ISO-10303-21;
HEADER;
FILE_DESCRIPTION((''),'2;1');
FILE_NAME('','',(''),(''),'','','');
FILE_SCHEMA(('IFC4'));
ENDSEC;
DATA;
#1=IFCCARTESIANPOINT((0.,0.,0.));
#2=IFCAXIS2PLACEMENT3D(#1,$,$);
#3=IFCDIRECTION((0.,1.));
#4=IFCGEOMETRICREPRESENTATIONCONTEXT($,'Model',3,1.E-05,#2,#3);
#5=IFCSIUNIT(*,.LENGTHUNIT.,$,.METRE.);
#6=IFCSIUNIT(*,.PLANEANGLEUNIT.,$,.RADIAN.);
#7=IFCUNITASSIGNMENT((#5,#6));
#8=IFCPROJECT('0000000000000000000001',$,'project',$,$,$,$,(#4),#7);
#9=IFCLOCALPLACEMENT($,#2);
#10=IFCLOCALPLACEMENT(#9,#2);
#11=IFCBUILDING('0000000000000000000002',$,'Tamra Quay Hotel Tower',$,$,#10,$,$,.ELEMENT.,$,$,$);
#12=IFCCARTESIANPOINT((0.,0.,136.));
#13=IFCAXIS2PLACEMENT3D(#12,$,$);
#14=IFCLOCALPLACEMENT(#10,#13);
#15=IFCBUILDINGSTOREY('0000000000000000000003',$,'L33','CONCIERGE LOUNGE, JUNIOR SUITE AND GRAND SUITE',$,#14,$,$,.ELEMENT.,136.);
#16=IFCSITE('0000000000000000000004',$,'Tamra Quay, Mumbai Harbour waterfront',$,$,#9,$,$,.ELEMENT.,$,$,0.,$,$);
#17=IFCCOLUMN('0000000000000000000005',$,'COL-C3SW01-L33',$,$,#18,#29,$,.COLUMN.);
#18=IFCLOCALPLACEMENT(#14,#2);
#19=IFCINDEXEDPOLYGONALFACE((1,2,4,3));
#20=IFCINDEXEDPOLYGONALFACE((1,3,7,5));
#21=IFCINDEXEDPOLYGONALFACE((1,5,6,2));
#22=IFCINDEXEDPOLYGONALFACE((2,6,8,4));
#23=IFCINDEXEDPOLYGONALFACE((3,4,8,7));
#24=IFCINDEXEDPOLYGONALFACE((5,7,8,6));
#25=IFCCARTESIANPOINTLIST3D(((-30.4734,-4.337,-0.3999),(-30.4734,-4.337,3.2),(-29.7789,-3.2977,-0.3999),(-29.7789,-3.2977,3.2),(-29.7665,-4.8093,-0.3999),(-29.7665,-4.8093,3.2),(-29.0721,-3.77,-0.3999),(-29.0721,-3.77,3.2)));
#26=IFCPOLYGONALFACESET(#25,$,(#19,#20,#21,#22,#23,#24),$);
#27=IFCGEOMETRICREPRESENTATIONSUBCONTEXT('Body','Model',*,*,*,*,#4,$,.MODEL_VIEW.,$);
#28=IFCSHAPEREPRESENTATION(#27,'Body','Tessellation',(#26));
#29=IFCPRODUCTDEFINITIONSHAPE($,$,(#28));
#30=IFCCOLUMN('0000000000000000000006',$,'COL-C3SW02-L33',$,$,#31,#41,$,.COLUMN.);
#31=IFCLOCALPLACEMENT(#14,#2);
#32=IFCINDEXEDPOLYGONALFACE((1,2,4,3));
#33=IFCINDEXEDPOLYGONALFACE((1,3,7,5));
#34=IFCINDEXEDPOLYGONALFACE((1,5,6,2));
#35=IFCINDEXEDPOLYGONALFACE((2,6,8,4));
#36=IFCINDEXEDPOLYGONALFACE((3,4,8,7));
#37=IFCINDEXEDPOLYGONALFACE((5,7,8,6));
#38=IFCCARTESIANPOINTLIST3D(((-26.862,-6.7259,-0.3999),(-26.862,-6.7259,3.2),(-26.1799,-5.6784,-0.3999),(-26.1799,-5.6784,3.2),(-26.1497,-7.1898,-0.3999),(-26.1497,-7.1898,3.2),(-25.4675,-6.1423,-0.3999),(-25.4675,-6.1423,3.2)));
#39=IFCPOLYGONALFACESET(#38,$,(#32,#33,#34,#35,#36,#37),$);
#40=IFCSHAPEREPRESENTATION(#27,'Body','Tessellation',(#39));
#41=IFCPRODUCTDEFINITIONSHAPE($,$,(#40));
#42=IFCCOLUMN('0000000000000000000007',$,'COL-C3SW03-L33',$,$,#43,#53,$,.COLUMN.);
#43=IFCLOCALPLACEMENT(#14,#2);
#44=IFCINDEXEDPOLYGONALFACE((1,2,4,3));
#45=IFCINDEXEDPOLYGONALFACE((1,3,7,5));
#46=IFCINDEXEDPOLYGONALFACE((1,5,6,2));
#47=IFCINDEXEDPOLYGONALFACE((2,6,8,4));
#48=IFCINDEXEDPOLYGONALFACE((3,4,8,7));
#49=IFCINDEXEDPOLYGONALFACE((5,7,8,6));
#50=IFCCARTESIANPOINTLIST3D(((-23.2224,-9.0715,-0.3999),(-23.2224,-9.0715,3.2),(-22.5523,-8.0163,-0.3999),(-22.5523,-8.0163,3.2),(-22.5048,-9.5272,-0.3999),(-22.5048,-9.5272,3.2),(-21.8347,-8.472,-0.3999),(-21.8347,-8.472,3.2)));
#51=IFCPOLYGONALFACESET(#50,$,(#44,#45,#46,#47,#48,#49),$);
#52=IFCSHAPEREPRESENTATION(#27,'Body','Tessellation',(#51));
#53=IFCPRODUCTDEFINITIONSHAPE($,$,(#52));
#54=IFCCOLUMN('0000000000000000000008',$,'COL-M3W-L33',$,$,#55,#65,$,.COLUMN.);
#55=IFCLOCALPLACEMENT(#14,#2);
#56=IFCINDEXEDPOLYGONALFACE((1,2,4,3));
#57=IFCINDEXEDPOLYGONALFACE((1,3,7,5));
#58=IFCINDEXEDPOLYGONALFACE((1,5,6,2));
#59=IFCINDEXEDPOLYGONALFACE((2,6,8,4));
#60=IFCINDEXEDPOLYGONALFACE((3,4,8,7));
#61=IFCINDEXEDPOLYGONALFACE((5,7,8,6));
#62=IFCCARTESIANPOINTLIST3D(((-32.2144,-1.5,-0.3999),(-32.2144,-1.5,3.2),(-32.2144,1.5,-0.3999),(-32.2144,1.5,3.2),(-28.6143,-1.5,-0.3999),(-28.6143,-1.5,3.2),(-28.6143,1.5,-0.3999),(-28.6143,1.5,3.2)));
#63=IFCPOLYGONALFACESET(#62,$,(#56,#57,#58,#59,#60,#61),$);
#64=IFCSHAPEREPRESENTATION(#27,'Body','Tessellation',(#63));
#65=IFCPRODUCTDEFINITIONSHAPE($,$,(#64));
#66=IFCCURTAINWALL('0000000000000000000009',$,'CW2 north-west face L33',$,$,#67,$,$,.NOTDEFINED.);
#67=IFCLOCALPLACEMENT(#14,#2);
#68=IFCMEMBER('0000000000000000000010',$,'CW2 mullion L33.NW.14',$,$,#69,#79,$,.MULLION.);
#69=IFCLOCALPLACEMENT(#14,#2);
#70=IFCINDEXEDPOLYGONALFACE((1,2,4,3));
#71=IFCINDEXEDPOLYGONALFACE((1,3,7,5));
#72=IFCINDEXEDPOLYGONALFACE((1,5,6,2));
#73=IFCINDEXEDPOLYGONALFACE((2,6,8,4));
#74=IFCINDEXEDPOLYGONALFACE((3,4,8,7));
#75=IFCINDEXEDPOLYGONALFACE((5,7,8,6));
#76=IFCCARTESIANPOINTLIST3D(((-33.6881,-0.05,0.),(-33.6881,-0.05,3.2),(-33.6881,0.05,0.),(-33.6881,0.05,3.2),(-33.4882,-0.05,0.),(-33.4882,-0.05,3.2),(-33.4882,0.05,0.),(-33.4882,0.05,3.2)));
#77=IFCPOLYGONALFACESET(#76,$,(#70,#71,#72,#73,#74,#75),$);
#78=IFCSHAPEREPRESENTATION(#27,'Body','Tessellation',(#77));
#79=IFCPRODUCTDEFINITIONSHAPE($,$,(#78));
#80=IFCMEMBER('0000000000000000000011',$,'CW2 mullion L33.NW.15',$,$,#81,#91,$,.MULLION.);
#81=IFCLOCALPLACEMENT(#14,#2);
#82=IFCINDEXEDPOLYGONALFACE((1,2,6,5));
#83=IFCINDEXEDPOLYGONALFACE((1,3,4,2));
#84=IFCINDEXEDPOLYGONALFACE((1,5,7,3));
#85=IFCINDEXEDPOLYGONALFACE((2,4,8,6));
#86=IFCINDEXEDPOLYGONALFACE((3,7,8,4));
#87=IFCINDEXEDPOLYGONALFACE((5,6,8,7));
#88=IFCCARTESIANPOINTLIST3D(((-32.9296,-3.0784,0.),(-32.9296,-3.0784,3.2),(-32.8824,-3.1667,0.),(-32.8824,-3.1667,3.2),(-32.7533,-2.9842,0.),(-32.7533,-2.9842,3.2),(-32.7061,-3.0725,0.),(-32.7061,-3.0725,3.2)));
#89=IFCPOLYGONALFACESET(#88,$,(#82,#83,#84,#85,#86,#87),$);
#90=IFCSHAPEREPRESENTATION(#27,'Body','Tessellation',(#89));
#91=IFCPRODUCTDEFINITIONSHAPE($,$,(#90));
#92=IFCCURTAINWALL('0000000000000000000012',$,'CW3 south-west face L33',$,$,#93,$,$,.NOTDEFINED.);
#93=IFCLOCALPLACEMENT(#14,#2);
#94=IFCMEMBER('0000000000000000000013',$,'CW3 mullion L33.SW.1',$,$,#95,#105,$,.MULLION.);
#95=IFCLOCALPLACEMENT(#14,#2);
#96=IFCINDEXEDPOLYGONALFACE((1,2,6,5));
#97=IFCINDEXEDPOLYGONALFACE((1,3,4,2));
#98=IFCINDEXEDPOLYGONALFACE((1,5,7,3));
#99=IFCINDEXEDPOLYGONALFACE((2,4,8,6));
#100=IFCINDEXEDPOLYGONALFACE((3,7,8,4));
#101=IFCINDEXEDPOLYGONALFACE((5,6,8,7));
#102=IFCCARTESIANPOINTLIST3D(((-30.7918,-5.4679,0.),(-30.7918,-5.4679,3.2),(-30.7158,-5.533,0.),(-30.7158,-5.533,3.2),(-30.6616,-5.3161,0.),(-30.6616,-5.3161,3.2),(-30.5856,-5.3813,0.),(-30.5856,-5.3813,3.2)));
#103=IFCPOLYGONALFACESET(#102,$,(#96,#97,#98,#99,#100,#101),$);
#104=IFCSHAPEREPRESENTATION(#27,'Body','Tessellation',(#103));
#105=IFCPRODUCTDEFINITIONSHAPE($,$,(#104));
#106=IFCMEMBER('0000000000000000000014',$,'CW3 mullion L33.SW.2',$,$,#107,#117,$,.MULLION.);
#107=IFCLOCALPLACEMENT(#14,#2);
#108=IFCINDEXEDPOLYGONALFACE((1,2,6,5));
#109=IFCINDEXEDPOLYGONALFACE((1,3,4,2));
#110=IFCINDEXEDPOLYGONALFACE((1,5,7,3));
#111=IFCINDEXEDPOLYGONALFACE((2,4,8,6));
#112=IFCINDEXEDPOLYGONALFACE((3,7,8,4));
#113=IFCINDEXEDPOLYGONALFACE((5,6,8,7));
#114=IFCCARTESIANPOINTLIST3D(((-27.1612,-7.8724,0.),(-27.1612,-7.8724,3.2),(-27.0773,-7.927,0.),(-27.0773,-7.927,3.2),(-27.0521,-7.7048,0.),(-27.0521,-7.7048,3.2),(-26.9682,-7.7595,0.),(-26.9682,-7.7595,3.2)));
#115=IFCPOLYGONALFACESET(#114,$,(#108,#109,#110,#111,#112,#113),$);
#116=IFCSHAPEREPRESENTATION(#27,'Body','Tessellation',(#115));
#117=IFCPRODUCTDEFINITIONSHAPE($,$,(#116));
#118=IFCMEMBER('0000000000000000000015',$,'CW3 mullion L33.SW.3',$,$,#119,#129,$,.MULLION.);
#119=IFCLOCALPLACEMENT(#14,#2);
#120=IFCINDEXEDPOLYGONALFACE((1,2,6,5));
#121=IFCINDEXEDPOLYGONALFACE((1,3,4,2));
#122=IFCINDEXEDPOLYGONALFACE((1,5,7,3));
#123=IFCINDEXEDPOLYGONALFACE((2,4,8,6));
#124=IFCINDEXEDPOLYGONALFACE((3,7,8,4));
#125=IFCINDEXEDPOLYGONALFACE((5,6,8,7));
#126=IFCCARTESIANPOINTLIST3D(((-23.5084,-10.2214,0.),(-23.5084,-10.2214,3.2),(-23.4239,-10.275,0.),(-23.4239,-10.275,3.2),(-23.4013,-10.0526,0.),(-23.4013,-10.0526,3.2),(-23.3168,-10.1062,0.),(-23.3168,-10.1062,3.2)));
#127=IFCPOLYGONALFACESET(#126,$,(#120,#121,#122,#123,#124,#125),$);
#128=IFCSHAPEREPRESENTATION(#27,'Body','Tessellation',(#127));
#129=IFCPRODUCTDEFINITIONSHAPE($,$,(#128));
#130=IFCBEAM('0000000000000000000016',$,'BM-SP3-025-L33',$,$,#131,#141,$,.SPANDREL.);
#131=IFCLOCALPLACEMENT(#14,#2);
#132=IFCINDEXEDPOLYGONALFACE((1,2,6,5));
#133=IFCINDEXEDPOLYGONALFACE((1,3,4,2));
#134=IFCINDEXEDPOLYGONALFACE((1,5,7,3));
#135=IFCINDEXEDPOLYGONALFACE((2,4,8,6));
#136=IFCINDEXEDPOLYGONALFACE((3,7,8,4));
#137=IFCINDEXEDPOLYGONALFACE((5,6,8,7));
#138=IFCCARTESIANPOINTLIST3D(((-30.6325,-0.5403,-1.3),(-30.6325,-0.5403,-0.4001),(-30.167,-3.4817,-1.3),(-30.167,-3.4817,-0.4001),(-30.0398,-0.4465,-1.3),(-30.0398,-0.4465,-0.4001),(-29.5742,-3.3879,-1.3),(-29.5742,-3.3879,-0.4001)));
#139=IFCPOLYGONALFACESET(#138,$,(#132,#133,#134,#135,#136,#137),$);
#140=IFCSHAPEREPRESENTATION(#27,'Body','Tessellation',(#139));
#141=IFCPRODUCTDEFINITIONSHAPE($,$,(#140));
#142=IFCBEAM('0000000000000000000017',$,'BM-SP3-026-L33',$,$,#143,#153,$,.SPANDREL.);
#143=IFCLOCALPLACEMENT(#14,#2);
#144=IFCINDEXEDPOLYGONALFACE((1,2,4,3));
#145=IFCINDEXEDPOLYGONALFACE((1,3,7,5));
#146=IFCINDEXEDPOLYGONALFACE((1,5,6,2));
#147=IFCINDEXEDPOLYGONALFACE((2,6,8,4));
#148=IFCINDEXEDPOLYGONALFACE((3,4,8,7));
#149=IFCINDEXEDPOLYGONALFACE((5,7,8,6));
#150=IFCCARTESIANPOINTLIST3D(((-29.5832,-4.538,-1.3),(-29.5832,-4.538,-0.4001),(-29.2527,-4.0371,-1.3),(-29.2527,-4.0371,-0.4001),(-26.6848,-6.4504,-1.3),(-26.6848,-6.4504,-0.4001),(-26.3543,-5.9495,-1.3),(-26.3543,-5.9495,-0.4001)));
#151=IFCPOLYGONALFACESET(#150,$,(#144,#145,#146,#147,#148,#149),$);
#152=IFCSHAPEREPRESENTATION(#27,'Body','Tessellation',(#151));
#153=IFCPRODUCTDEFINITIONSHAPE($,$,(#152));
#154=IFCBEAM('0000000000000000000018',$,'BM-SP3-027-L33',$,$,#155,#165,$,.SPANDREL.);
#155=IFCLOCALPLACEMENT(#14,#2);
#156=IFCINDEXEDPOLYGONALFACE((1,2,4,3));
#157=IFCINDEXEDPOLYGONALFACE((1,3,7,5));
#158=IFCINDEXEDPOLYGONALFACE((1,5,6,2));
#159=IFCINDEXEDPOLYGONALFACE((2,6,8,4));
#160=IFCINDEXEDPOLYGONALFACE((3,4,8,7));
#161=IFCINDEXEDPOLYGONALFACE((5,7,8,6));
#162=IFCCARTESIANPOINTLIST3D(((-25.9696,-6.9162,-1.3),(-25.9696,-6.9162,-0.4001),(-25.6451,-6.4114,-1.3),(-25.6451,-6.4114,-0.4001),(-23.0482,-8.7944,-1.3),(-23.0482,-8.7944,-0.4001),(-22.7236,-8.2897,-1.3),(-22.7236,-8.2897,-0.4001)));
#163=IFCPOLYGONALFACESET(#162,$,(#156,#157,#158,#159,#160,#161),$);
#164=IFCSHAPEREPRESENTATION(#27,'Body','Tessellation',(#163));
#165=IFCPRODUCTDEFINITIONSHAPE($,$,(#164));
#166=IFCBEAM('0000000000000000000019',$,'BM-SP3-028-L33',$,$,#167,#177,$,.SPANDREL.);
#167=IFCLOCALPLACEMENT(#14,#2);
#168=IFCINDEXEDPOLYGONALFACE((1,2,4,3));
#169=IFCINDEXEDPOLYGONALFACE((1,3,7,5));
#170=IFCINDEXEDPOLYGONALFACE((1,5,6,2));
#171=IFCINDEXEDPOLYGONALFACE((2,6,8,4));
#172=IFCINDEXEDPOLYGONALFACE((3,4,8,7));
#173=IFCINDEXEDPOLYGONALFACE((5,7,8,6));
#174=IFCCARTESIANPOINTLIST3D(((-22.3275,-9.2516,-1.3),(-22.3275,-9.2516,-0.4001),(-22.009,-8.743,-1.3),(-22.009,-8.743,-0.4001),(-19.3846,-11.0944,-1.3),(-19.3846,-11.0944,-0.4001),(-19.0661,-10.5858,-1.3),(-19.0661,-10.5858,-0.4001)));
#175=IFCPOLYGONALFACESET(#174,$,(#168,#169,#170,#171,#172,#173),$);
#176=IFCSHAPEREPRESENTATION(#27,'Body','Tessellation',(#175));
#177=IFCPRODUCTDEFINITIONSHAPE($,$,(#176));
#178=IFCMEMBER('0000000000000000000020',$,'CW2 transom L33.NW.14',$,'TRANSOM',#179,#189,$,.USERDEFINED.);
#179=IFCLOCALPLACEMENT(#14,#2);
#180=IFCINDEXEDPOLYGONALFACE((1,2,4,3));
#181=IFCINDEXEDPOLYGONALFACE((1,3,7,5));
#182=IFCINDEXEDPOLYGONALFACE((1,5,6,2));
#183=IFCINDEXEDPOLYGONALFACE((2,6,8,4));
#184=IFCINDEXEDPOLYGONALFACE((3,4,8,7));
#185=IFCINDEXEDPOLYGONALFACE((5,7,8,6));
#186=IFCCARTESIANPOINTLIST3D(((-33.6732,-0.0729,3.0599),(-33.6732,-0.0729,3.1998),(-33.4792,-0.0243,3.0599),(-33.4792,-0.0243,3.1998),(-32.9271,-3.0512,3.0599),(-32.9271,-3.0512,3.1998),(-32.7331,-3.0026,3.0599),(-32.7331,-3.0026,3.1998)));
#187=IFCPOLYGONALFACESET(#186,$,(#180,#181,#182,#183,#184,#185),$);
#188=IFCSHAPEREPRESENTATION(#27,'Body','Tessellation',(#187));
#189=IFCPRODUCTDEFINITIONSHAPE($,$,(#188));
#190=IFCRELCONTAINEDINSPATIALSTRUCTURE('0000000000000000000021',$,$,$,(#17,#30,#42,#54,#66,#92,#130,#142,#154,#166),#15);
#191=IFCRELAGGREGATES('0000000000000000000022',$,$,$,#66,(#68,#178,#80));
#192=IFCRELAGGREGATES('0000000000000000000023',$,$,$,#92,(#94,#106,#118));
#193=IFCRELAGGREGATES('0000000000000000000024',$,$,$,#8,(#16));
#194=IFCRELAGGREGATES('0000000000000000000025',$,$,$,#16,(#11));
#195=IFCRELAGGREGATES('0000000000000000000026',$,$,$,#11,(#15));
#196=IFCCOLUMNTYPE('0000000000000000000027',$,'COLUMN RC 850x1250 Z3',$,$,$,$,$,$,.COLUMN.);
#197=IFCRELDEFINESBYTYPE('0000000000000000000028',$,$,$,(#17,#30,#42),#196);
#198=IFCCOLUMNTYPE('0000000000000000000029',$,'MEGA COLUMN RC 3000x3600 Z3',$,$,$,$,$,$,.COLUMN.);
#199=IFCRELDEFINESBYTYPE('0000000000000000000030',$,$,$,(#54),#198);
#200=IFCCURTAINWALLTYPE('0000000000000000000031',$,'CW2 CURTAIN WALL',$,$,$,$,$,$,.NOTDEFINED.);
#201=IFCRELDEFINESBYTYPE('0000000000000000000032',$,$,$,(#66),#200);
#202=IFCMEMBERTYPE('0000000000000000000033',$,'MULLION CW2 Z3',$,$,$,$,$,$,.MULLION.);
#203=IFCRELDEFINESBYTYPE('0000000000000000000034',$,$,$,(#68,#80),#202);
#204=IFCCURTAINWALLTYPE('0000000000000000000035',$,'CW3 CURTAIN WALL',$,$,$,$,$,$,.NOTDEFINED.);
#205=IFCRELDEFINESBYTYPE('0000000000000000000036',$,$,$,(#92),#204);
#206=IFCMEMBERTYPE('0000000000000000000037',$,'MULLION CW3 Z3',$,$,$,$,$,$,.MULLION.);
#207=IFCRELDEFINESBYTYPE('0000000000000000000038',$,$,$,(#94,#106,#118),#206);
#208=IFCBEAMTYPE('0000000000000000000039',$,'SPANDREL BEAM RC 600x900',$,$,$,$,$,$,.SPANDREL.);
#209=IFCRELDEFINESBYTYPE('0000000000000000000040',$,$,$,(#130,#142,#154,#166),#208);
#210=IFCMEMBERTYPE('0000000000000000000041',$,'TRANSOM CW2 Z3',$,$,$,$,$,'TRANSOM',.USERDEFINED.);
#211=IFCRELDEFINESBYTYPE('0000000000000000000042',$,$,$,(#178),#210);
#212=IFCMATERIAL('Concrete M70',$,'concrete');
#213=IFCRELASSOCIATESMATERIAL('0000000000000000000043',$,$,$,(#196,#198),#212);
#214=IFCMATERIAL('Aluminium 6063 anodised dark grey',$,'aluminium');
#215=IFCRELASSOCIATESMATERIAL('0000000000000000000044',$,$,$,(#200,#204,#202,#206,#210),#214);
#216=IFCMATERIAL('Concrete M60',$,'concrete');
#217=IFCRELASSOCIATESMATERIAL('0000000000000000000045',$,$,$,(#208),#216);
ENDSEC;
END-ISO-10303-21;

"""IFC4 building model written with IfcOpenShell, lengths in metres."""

from ifc_helpers import new_model, si_unit, direction, frame, origin, origin_2d, place, context, subcontext, project, spatial, rectangle, extrude, material, material_profile, profile_set, type_object, element, aggregate, save


model = new_model("IFC4")

# Units and contexts
model_context = context("Model", 3, precision=1e-05, world=origin(), true_north=direction((0.0, 1.0)))
body_context = subcontext(model_context, "Body", "Model", "MODEL_VIEW")
ifc_project = project(units=[si_unit("LENGTHUNIT", "METRE"), si_unit("PLANEANGLEUNIT", "RADIAN")], contexts=[model_context])

# Site, building, storey
site_placement = place(None, origin())
site = spatial("IfcSite", under=ifc_project, at=site_placement, Name="Tamra Quay, Mumbai Harbour waterfront", CompositionType="ELEMENT", RefElevation=0.0)
building_placement = place(site_placement, origin())
building = spatial("IfcBuilding", under=site, at=building_placement, Name="Tamra Quay Hotel Tower", CompositionType="ELEMENT")
storey_placement = place(building_placement, frame((0.0, 0.0, 136.0)))
storey = spatial("IfcBuildingStorey", under=building, at=storey_placement, Name="L33", Description="CONCIERGE LOUNGE, JUNIOR SUITE AND GRAND SUITE", CompositionType="ELEMENT", Elevation=136.0)

# Columns
ifc_material_1 = material(Name="Concrete M70", Category="concrete")
ifc_material_profile_1 = material_profile(ifc_material_1, rectangle(XDim=1.25, YDim=0.8501, at=origin_2d()), Name="COLUMN RC 850x1250 Z3")
ifc_profile_set_1 = profile_set([ifc_material_profile_1], Name="Concrete M70")
column_type_1 = type_object("IfcColumnType", Name="COLUMN RC 850x1250 Z3", PredefinedType="COLUMN", material=ifc_profile_set_1)
for number, where, z_axis, x_axis, name in (
    (1, (-29.7727, -4.0535, -0.3999), (0.0, 0.0, 1.0), (0.555583, 0.831461, 0.0), "COL-C3SW01-L33"),
    (2, (-26.1648, -6.4341, -0.3999), (0.0, 0.0, 1.0), (0.545703, 0.837979, 0.0), "COL-C3SW02-L33"),
    (3, (-22.5286, -8.7717, -0.3999), (0.0, 0.0, 1.0), (0.536102, 0.844153, 0.0), "COL-C3SW03-L33"),
):
    element("IfcColumn", number, at=place(storey_placement, frame(where, z_axis=z_axis, x_axis=x_axis)), inside=storey, type_object=column_type_1, Name=name, PredefinedType="COLUMN", context=body_context, shape_type="SweptSolid", body=[
        extrude(rectangle(XDim=1.25, YDim=0.8501, at=origin_2d()), origin(), (0.0, 0.0, 1.0), 3.5999),
    ])
ifc_material_profile_2 = material_profile(ifc_material_1, rectangle(XDim=3.6001, YDim=3.0, at=origin_2d()), Name="MEGA COLUMN RC 3000x3600 Z3")
ifc_profile_set_2 = profile_set([ifc_material_profile_2], Name="Concrete M70")
column_type_2 = type_object("IfcColumnType", Name="MEGA COLUMN RC 3000x3600 Z3", PredefinedType="COLUMN", material=ifc_profile_set_2)
column_placement = place(storey_placement, frame((-30.4143, 0.0, -0.3999), z_axis=(0.0, 0.0, 1.0), x_axis=(1.0, 0.0, 0.0)))
element("IfcColumn", 4, at=column_placement, inside=storey, type_object=column_type_2, Name="COL-M3W-L33", PredefinedType="COLUMN", context=body_context, shape_type="SweptSolid", body=[
    extrude(rectangle(XDim=3.6001, YDim=3.0, at=origin_2d()), origin(), (0.0, 0.0, 1.0), 3.5999),
])

# Curtain walls, members
ifc_material_2 = material(Name="Aluminium 6063 anodised dark grey", Category="aluminium")
curtain_wall_type_1 = type_object("IfcCurtainWallType", Name="CW2 CURTAIN WALL", PredefinedType="NOTDEFINED", material=ifc_material_2)
curtain_wall_1_placement = place(storey_placement, origin())
curtain_wall_1 = element("IfcCurtainWall", 5, at=curtain_wall_1_placement, inside=storey, type_object=curtain_wall_type_1, Name="CW2 north-west face L33", PredefinedType="NOTDEFINED")
ifc_material_profile_3 = material_profile(ifc_material_2, rectangle(XDim=0.2, YDim=0.1001, at=origin_2d()), Name="MULLION 100X200")
ifc_profile_set_3 = profile_set([ifc_material_profile_3], Name="Aluminium 6063 anodised dark grey")
member_type_1 = type_object("IfcMemberType", Name="MULLION CW2 Z3", PredefinedType="MULLION", material=ifc_profile_set_3)
member_1_placement = place(storey_placement, frame((-33.5881, 0.0, 0.0), z_axis=(0.0, 0.0, 1.0), x_axis=(-1.0, 0.0, 0.0)))
member_1 = element("IfcMember", 6, at=member_1_placement, type_object=member_type_1, Name="CW2 mullion L33.NW.14", PredefinedType="MULLION", context=body_context, shape_type="SweptSolid", body=[
    extrude(rectangle(XDim=0.2, YDim=0.1001, at=origin_2d()), origin(), (0.0, 0.0, 1.0), 3.2),
])
member_2_placement = place(storey_placement, frame((-32.8179, -3.0754, 0.0), z_axis=(0.0, 0.0, 1.0), x_axis=(-0.881925, -0.471389, 0.0)))
member_2 = element("IfcMember", 7, at=member_2_placement, type_object=member_type_1, Name="CW2 mullion L33.NW.15", PredefinedType="MULLION", context=body_context, shape_type="SweptSolid", body=[
    extrude(rectangle(XDim=0.2, YDim=0.1001, at=origin_2d()), origin(), (0.0, 0.0, 1.0), 3.2),
])
curtain_wall_type_2 = type_object("IfcCurtainWallType", Name="CW3 CURTAIN WALL", PredefinedType="NOTDEFINED", material=ifc_material_2)
curtain_wall_2_placement = place(storey_placement, origin())
curtain_wall_2 = element("IfcCurtainWall", 8, at=curtain_wall_2_placement, inside=storey, type_object=curtain_wall_type_2, Name="CW3 south-west face L33", PredefinedType="NOTDEFINED")
ifc_material_profile_4 = material_profile(ifc_material_2, rectangle(XDim=0.2, YDim=0.1001, at=origin_2d()), Name="MULLION 100X200")
ifc_profile_set_4 = profile_set([ifc_material_profile_4], Name="Aluminium 6063 anodised dark grey")
member_type_2 = type_object("IfcMemberType", Name="MULLION CW3 Z3", PredefinedType="MULLION", material=ifc_profile_set_4)
member_3_placement = place(storey_placement, frame((-30.6887, -5.4246, 0.0), z_axis=(0.0, 0.0, 1.0), x_axis=(-0.650989, -0.759087, 0.0)))
member_3 = element("IfcMember", 9, at=member_3_placement, type_object=member_type_2, Name="CW3 mullion L33.SW.1", PredefinedType="MULLION", context=body_context, shape_type="SweptSolid", body=[
    extrude(rectangle(XDim=0.2, YDim=0.1001, at=origin_2d()), origin(), (0.0, 0.0, 1.0), 3.2),
])
member_4_placement = place(storey_placement, frame((-27.0647, -7.8159, 0.0), z_axis=(0.0, 0.0, 1.0), x_axis=(-0.54578, -0.837928, 0.0)))
member_4 = element("IfcMember", 10, at=member_4_placement, type_object=member_type_2, Name="CW3 mullion L33.SW.2", PredefinedType="MULLION", context=body_context, shape_type="SweptSolid", body=[
    extrude(rectangle(XDim=0.2, YDim=0.1001, at=origin_2d()), origin(), (0.0, 0.0, 1.0), 3.2),
])
member_5_placement = place(storey_placement, frame((-23.4126, -10.1638, 0.0), z_axis=(0.0, 0.0, 1.0), x_axis=(-0.53576, -0.84437, 0.0)))
member_5 = element("IfcMember", 11, at=member_5_placement, type_object=member_type_2, Name="CW3 mullion L33.SW.3", PredefinedType="MULLION", context=body_context, shape_type="SweptSolid", body=[
    extrude(rectangle(XDim=0.2, YDim=0.1001, at=origin_2d()), origin(), (0.0, 0.0, 1.0), 3.2),
])

# Beams
ifc_material_3 = material(Name="Concrete M60", Category="concrete")
ifc_material_profile_5 = material_profile(ifc_material_3, rectangle(XDim=0.6001, YDim=0.8999, at=origin_2d()), Name="SPANDREL BEAM RC 600x900")
ifc_profile_set_5 = profile_set([ifc_material_profile_5], Name="Concrete M60")
beam_type = type_object("IfcBeamType", Name="SPANDREL BEAM RC 600x900", PredefinedType="SPANDREL", material=ifc_profile_set_5)
beam_1_placement = place(storey_placement, frame((-30.3362, -0.4934, -0.8501), z_axis=(0.156337, -0.987704, 0.0), x_axis=(0.987704, 0.156337, 0.0)))
element("IfcBeam", 12, at=beam_1_placement, inside=storey, type_object=beam_type, Name="BM-SP3-025-L33", PredefinedType="SPANDREL", context=body_context, shape_type="SweptSolid", body=[
    extrude(rectangle(XDim=0.6001, YDim=0.8999, at=origin_2d()), origin(), (0.0, 0.0, 1.0), 2.978),
])
beam_2_placement = place(storey_placement, frame((-29.418, -4.2876, -0.8501), z_axis=(0.834691, -0.550719, 0.0), x_axis=(0.550719, 0.834691, 0.0)))
element("IfcBeam", 13, at=beam_2_placement, inside=storey, type_object=beam_type, Name="BM-SP3-026-L33", PredefinedType="SPANDREL", context=body_context, shape_type="SweptSolid", body=[
    extrude(rectangle(XDim=0.6001, YDim=0.8999, at=origin_2d()), origin(), (0.0, 0.0, 1.0), 3.4724),
])
beam_3_placement = place(storey_placement, frame((-25.8074, -6.6638, -0.8501), z_axis=(0.84116, -0.540786, 0.0), x_axis=(0.540786, 0.84116, 0.0)))
element("IfcBeam", 14, at=beam_3_placement, inside=storey, type_object=beam_type, Name="BM-SP3-027-L33", PredefinedType="SPANDREL", context=body_context, shape_type="SweptSolid", body=[
    extrude(rectangle(XDim=0.6001, YDim=0.8999, at=origin_2d()), origin(), (0.0, 0.0, 1.0), 3.4731),
])
beam_4_placement = place(storey_placement, frame((-22.1682, -8.9973, -0.8501), z_axis=(0.847548, -0.530719, 0.0), x_axis=(0.530719, 0.847548, 0.0)))
element("IfcBeam", 15, at=beam_4_placement, inside=storey, type_object=beam_type, Name="BM-SP3-028-L33", PredefinedType="SPANDREL", context=body_context, shape_type="SweptSolid", body=[
    extrude(rectangle(XDim=0.6001, YDim=0.8999, at=origin_2d()), origin(), (0.0, 0.0, 1.0), 3.4722),
])

# Member
ifc_material_profile_6 = material_profile(ifc_material_2, rectangle(XDim=0.2, YDim=0.1399, at=origin_2d()), Name="TRANSOM 200X140")
ifc_profile_set_6 = profile_set([ifc_material_profile_6], Name="Aluminium 6063 anodised dark grey")
member_type_3 = type_object("IfcMemberType", Name="TRANSOM CW2 Z3", ElementType="TRANSOM", PredefinedType="USERDEFINED", material=ifc_profile_set_6)
member_6_placement = place(storey_placement, frame((-33.5762, -0.0486, 3.1299), z_axis=(0.243003, -0.970025, 0.0), x_axis=(0.970025, 0.243003, 0.0)))
member_6 = element("IfcMember", 16, at=member_6_placement, type_object=member_type_3, Name="CW2 transom L33.NW.14", ObjectType="TRANSOM", PredefinedType="USERDEFINED", context=body_context, shape_type="SweptSolid", body=[
    extrude(rectangle(XDim=0.2, YDim=0.1399, at=origin_2d()), origin(), (0.0, 0.0, 1.0), 3.0703),
])

aggregate(curtain_wall_1, [member_1, member_6, member_2])
aggregate(curtain_wall_2, [member_3, member_4, member_5])

save(model, "model.ifc")
